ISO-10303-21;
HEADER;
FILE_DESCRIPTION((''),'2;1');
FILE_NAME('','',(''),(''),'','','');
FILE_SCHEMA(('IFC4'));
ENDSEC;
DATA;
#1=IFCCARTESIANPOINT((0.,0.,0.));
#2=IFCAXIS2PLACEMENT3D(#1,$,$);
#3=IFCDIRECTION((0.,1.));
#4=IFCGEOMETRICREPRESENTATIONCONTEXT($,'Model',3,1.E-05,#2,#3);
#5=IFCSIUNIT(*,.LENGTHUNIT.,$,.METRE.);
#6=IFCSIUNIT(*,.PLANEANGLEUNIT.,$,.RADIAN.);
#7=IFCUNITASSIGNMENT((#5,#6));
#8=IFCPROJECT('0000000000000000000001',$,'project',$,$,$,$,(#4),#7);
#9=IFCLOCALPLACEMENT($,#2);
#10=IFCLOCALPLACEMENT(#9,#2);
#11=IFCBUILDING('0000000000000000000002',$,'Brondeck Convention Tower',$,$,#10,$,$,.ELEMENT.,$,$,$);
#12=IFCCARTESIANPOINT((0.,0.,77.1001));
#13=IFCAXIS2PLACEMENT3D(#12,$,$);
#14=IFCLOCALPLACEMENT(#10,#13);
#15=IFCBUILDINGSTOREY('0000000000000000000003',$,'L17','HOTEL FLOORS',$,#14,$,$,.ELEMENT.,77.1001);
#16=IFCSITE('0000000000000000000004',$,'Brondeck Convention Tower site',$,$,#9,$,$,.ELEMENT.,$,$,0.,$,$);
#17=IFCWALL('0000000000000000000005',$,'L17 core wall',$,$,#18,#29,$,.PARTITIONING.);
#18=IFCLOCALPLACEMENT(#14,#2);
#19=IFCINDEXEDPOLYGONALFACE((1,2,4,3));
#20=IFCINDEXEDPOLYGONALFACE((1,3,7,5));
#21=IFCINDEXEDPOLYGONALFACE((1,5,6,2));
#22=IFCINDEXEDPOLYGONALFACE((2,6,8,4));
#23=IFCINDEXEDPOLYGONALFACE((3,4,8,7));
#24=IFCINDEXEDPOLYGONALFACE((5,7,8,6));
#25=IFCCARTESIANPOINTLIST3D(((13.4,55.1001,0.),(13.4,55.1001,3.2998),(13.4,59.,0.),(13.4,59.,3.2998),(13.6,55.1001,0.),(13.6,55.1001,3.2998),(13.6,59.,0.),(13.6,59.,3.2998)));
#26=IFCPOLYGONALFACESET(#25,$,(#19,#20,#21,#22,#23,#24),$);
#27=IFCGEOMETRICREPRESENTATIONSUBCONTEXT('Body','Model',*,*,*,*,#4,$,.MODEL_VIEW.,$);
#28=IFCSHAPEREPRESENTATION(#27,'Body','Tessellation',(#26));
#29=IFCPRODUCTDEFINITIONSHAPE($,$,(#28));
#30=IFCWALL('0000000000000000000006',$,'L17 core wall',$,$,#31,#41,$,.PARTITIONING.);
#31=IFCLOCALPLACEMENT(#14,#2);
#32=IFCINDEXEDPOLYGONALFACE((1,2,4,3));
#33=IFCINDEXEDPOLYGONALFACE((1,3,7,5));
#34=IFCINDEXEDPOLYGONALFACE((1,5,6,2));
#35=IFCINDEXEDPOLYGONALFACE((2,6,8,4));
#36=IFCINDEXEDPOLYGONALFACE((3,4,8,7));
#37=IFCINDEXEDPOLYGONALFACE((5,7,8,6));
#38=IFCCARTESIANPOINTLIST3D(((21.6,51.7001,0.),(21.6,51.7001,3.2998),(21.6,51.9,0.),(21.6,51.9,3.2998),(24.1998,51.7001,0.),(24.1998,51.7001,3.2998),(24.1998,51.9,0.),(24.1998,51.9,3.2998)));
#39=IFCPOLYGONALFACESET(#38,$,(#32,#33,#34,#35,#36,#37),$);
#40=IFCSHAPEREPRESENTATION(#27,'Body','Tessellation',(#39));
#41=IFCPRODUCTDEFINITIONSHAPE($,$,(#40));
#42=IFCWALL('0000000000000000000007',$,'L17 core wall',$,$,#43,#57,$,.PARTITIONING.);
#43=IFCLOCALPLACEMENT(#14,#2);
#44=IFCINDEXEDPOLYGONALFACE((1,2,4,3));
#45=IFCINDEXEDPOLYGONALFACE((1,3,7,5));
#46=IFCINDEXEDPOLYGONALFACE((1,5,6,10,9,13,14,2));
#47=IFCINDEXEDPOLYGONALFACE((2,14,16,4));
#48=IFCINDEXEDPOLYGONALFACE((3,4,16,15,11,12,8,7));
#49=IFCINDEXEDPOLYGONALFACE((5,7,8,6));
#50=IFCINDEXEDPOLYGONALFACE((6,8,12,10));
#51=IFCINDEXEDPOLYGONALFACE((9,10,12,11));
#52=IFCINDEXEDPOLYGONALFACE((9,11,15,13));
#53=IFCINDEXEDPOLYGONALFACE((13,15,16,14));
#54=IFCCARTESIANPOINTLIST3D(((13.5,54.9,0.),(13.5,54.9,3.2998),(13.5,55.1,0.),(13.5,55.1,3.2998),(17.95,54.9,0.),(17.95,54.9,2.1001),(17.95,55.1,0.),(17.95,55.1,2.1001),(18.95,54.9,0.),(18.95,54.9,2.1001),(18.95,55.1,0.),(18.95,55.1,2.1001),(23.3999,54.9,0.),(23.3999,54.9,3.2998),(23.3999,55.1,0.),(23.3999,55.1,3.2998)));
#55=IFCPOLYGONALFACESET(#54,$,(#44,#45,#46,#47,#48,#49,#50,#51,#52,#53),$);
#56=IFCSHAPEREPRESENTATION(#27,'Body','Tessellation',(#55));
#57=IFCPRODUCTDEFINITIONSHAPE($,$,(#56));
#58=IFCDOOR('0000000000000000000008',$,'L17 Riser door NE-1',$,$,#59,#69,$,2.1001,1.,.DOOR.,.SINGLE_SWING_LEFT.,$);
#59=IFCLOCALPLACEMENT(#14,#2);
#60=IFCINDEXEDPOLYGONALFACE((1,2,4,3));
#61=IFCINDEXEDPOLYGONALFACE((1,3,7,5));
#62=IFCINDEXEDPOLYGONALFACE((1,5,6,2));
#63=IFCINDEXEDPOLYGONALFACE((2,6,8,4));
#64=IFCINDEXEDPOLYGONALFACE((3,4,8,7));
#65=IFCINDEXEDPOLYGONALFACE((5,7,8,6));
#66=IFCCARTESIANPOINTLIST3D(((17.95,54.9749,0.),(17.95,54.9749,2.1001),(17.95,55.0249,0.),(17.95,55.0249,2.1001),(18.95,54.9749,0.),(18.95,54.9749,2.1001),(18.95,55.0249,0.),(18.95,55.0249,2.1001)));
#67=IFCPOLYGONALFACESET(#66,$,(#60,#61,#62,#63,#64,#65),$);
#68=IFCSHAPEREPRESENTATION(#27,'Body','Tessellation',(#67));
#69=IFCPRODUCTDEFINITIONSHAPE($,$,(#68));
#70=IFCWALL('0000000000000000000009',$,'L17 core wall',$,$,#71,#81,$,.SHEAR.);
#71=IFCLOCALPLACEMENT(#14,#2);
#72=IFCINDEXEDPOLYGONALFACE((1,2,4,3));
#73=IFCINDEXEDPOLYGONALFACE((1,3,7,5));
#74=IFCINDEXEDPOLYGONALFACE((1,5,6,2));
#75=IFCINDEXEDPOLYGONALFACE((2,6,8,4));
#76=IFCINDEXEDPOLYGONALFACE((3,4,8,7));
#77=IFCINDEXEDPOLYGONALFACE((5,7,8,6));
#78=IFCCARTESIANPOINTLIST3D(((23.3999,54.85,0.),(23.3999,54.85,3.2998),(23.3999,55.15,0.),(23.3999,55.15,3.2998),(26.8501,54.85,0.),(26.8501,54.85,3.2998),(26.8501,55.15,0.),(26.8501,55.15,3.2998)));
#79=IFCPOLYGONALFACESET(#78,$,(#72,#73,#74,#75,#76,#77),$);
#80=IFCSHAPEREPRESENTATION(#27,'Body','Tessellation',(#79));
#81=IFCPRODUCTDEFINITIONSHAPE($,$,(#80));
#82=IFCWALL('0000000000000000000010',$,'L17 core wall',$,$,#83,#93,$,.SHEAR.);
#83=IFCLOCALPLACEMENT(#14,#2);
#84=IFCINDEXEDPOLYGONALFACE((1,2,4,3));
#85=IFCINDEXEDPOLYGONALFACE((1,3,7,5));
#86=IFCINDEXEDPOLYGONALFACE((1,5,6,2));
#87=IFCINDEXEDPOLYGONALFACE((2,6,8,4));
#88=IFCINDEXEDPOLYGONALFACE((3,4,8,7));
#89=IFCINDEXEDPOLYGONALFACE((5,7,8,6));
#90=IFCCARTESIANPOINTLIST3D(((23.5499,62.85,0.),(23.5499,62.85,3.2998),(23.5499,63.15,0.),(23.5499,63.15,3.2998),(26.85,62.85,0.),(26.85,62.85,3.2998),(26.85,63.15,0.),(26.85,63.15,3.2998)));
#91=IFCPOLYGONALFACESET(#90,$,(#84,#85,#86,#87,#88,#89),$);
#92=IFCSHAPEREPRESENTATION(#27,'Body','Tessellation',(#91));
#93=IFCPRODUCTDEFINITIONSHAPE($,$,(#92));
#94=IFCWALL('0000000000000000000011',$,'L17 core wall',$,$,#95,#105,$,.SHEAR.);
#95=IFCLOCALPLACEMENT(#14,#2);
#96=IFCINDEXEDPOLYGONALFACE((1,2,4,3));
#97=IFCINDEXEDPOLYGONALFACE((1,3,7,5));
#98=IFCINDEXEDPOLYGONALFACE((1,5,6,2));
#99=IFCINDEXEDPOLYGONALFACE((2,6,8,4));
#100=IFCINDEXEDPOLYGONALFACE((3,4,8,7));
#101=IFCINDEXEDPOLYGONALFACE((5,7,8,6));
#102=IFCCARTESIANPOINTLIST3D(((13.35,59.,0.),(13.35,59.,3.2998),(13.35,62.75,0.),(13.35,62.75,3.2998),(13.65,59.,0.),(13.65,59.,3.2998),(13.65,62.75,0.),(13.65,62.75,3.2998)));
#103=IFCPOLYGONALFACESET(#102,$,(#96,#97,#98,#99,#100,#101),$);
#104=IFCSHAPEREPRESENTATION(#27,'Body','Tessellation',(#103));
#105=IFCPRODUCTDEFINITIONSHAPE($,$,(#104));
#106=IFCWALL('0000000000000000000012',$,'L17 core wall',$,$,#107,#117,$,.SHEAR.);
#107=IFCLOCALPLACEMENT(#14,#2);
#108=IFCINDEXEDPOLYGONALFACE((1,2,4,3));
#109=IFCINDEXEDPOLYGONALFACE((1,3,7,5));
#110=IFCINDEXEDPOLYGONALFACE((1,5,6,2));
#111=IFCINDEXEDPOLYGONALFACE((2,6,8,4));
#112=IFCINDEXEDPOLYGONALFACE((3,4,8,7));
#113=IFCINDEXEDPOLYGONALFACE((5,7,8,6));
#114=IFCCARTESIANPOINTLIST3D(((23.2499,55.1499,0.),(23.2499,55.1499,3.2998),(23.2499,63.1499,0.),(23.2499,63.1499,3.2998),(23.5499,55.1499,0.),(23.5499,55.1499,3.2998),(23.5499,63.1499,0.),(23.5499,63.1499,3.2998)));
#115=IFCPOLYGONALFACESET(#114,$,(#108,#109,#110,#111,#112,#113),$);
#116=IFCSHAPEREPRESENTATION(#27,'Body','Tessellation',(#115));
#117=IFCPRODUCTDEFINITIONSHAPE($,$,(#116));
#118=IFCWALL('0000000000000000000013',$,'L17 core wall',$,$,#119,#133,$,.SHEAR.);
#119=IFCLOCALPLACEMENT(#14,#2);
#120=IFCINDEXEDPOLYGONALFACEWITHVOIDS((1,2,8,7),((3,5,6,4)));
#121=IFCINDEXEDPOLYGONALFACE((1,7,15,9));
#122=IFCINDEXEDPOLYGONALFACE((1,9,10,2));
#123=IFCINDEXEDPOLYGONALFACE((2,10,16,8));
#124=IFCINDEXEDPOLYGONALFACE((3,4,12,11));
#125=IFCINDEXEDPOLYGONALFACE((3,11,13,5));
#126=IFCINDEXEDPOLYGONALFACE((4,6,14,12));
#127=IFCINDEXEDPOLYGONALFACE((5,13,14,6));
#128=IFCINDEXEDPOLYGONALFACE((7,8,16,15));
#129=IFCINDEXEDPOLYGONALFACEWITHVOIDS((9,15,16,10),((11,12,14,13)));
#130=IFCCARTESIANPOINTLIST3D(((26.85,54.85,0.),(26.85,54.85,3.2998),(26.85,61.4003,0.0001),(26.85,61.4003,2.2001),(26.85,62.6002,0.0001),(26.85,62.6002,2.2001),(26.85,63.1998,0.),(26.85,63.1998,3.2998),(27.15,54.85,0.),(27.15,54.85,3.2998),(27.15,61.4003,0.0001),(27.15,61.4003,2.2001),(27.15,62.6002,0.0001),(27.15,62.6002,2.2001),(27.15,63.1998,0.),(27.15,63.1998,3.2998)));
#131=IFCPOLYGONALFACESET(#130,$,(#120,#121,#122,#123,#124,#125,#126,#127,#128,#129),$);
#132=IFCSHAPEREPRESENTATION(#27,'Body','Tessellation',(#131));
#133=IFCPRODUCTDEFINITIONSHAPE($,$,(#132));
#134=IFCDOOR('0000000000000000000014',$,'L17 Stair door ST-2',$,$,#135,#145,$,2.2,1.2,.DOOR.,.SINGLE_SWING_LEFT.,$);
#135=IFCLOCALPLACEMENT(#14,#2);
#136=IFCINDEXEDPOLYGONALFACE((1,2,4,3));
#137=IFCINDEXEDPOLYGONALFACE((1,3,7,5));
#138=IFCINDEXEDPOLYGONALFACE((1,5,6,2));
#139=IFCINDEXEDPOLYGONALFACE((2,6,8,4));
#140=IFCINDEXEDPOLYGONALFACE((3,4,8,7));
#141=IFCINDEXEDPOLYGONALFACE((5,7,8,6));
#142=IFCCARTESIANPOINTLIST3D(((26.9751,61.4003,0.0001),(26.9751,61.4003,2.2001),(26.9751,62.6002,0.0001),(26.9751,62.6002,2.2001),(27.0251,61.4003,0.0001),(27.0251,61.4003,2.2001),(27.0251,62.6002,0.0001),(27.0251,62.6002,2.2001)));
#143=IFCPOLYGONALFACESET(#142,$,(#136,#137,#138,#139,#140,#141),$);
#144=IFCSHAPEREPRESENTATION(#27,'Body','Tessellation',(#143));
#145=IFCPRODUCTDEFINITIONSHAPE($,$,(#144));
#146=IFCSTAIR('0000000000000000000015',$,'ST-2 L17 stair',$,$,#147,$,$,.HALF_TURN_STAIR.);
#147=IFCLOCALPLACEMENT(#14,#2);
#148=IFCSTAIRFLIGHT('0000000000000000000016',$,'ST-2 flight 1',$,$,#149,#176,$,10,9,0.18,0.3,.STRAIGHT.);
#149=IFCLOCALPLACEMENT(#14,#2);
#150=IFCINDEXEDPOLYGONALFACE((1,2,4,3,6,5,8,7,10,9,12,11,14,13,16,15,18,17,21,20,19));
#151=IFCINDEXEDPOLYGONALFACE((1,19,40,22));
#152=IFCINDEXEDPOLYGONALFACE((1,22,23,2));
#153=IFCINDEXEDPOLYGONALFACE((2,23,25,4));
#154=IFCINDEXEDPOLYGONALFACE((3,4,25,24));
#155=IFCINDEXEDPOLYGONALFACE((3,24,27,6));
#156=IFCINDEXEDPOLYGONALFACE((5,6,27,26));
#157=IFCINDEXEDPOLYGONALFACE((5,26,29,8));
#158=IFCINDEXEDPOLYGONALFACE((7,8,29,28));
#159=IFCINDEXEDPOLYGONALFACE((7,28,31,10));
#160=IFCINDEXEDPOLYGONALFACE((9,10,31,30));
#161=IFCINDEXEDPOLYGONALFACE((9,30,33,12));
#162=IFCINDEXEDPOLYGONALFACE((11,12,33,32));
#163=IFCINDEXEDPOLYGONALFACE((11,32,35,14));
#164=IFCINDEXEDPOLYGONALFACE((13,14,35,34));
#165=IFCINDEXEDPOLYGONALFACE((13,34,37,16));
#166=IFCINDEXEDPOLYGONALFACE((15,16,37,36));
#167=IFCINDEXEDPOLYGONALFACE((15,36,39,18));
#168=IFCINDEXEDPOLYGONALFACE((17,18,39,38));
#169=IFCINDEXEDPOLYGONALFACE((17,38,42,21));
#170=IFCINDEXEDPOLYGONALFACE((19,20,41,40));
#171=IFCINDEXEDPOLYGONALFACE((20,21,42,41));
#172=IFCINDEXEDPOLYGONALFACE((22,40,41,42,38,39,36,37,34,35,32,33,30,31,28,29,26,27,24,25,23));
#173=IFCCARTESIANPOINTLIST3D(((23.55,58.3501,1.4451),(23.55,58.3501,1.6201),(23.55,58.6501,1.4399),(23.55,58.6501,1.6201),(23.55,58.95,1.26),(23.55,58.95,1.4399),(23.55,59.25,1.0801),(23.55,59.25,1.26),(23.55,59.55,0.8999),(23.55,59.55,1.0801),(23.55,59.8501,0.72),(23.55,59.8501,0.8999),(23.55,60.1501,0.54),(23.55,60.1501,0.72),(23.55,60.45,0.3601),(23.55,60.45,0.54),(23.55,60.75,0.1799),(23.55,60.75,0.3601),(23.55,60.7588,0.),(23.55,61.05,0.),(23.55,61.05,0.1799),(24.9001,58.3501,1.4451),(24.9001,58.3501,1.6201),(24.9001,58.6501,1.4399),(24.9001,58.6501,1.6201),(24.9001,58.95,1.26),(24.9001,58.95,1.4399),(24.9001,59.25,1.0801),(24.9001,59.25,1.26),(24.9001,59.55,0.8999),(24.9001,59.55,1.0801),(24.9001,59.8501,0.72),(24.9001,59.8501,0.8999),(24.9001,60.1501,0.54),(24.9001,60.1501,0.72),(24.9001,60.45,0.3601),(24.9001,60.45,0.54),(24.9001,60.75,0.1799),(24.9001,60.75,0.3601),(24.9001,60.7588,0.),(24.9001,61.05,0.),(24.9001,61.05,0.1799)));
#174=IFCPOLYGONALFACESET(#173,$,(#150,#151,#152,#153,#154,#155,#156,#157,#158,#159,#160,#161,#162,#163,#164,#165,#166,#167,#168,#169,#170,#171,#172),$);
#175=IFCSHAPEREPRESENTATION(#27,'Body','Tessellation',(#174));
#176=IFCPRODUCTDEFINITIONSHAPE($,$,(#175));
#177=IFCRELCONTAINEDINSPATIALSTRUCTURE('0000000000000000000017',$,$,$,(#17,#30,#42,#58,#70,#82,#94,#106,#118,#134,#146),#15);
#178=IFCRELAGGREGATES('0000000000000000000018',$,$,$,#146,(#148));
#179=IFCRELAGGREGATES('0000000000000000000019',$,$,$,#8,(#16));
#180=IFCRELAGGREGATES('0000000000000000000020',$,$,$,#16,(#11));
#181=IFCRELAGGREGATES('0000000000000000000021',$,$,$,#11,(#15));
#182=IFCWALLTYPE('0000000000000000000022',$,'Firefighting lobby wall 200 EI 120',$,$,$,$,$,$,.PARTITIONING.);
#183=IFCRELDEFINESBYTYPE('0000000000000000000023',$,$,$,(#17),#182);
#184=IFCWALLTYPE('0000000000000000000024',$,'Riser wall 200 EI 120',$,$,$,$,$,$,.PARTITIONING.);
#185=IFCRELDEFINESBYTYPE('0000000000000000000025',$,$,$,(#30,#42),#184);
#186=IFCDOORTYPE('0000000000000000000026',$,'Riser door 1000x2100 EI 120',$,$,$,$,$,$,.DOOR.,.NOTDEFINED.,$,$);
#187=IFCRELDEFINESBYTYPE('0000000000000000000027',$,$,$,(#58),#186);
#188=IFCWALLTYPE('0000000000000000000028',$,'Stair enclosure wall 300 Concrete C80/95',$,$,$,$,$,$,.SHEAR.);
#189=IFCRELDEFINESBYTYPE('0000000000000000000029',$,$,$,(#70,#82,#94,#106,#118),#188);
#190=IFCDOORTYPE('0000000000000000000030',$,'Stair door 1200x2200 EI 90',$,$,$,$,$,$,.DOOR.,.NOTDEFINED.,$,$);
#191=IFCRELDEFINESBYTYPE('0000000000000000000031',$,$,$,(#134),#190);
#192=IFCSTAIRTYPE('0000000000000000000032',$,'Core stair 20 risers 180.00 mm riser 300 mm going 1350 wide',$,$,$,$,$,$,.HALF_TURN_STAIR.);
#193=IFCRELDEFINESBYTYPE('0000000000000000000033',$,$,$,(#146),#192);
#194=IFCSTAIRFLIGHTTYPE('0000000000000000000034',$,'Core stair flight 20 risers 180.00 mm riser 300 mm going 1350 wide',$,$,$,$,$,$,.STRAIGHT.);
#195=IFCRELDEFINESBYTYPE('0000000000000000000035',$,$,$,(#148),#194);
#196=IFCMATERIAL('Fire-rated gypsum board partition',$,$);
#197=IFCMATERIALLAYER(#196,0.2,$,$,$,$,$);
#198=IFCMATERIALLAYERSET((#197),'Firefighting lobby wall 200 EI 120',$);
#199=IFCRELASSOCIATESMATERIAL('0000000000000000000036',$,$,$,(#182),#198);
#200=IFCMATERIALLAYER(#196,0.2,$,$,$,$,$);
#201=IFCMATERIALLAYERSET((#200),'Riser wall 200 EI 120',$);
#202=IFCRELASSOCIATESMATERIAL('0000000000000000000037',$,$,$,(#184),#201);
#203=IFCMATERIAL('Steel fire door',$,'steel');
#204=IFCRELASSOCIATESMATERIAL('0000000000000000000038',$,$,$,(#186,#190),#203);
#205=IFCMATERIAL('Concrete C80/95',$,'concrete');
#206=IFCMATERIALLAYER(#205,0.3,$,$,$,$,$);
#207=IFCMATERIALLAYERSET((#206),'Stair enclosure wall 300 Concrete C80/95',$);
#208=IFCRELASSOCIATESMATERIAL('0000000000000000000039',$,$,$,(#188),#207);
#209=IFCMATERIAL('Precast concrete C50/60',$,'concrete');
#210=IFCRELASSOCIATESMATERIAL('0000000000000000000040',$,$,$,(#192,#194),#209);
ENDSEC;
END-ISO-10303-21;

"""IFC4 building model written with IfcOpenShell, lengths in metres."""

from ifc_helpers import new_model, si_unit, direction, frame, frame_2d, origin, place, context, subcontext, project, spatial, polyline, rectangle, outline, extrude, material, layer, layer_set, type_object, element, fill, aggregate, save


model = new_model("IFC4")

# Units and contexts
model_context = context("Model", 3, precision=1e-05, world=origin(), true_north=direction((0.0, 1.0)))
body_context = subcontext(model_context, "Body", "Model", "MODEL_VIEW")
ifc_project = project(units=[si_unit("LENGTHUNIT", "METRE"), si_unit("PLANEANGLEUNIT", "RADIAN")], contexts=[model_context])

# Site, building, storey
site_placement = place(None, origin())
site = spatial("IfcSite", under=ifc_project, at=site_placement, Name="Brondeck Convention Tower site", CompositionType="ELEMENT", RefElevation=0.0)
building_placement = place(site_placement, origin())
building = spatial("IfcBuilding", under=site, at=building_placement, Name="Brondeck Convention Tower", CompositionType="ELEMENT")
storey_placement = place(building_placement, frame((0.0, 0.0, 77.1001)))
storey = spatial("IfcBuildingStorey", under=building, at=storey_placement, Name="L17", Description="HOTEL FLOORS", CompositionType="ELEMENT", Elevation=77.1001)

# Shared definitions
ifc_material_1 = material(Name="Concrete C80/95", Category="concrete")

# Shared definitions
ifc_material_2 = material(Name="Fire-rated gypsum board partition")

# Walls
ifc_layer_1 = layer(ifc_material_2, 0.2)
ifc_layer_set_1 = layer_set([ifc_layer_1], Name="Firefighting lobby wall 200 EI 120")
wall_type_1 = type_object("IfcWallType", Name="Firefighting lobby wall 200 EI 120", PredefinedType="PARTITIONING", material=ifc_layer_set_1)
wall_1_placement = place(storey_placement, frame((13.5, 55.1001, 0.0), z_axis=(0.0, 0.0, 1.0), x_axis=(0.0, 1.0, 0.0)))
element("IfcWall", 1, at=wall_1_placement, inside=storey, type_object=wall_type_1, Name="L17 core wall", PredefinedType="PARTITIONING", context=body_context, shape_type="SweptSolid", body=[
    extrude(rectangle(XDim=3.8999, YDim=0.2, at=frame_2d((1.95, 0.0))), origin(), (0.0, 0.0, 1.0), 3.2998),
])
ifc_layer_2 = layer(ifc_material_2, 0.2)
ifc_layer_set_2 = layer_set([ifc_layer_2], Name="Riser wall 200 EI 120")
wall_type_2 = type_object("IfcWallType", Name="Riser wall 200 EI 120", PredefinedType="PARTITIONING", material=ifc_layer_set_2)
wall_2_placement = place(storey_placement, frame((21.6001, 51.8, 0.0), z_axis=(0.0, 0.0, 1.0), x_axis=(1.0, 0.0, 0.0)))
element("IfcWall", 2, at=wall_2_placement, inside=storey, type_object=wall_type_2, Name="L17 core wall", PredefinedType="PARTITIONING", context=body_context, shape_type="SweptSolid", body=[
    extrude(rectangle(XDim=2.5999, YDim=0.2, at=frame_2d((1.2998, 0.0))), origin(), (0.0, 0.0, 1.0), 3.2998),
])

# Wall, opening, door
wall_3_placement = place(storey_placement, frame((13.5, 55.0, 0.0), z_axis=(0.0, 0.0, 1.0), x_axis=(1.0, 0.0, 0.0)))
wall_3 = element("IfcWall", 3, at=wall_3_placement, inside=storey, type_object=wall_type_2, Name="L17 core wall", PredefinedType="PARTITIONING", context=body_context, shape_type="SweptSolid", body=[
    extrude(rectangle(XDim=9.8999, YDim=0.2, at=frame_2d((4.95, 0.0))), origin(), (0.0, 0.0, 1.0), 3.2998),
])
opening_1_placement = place(wall_3_placement, frame((4.45, 0.0, 0.0)))
opening_1 = element("IfcOpeningElement", 4, at=opening_1_placement, cuts=wall_3, PredefinedType="OPENING", context=body_context, shape_type="SweptSolid", body=[
    extrude(rectangle(XDim=1.0, YDim=2.1001, at=frame_2d((0.5, 1.05))), frame((0.0, 0.1099, 0.0), z_axis=(0.0, -1.0, 0.0), x_axis=(1.0, 0.0, 0.0)), (0.0, 0.0, 1.0), 0.22),
])
ifc_material_3 = material(Name="Steel fire door", Category="steel")
door_type_1 = type_object("IfcDoorType", Name="Riser door 1000x2100 EI 120", OperationType="NOTDEFINED", PredefinedType="DOOR", material=ifc_material_3)
door_1_placement = place(opening_1_placement, origin())
door_1 = element("IfcDoor", 5, at=door_1_placement, inside=storey, type_object=door_type_1, Name="L17 Riser door NE-1", OperationType="SINGLE_SWING_LEFT", OverallHeight=2.1001, OverallWidth=1.0, PredefinedType="DOOR", context=body_context, shape_type="SweptSolid", body=[
    extrude(rectangle(XDim=1.0, YDim=2.1001, at=frame_2d((0.5, 1.05))), frame((0.0, 0.0249, 0.0), z_axis=(0.0, -1.0, 0.0), x_axis=(1.0, 0.0, 0.0)), (0.0, 0.0, 1.0), 0.05),
])
fill(opening_1, door_1)

# Walls
ifc_layer_3 = layer(ifc_material_1, 0.3)
ifc_layer_set_3 = layer_set([ifc_layer_3], Name="Stair enclosure wall 300 Concrete C80/95")
wall_type_3 = type_object("IfcWallType", Name="Stair enclosure wall 300 Concrete C80/95", PredefinedType="SHEAR", material=ifc_layer_set_3)
wall_4_placement = place(storey_placement, frame((23.3999, 55.0, 0.0), z_axis=(0.0, 0.0, 1.0), x_axis=(1.0, 0.0, 0.0)))
element("IfcWall", 6, at=wall_4_placement, inside=storey, type_object=wall_type_3, Name="L17 core wall", PredefinedType="SHEAR", context=body_context, shape_type="SweptSolid", body=[
    extrude(rectangle(XDim=3.4502, YDim=0.3, at=frame_2d((1.7251, 0.0))), origin(), (0.0, 0.0, 1.0), 3.2998),
])
wall_5_placement = place(storey_placement, frame((23.55, 63.0, 0.0), z_axis=(0.0, 0.0, 1.0), x_axis=(1.0, 0.0, 0.0)))
element("IfcWall", 7, at=wall_5_placement, inside=storey, type_object=wall_type_3, Name="L17 core wall", PredefinedType="SHEAR", context=body_context, shape_type="SweptSolid", body=[
    extrude(rectangle(XDim=3.3, YDim=0.3, at=frame_2d((1.6499, 0.0))), origin(), (0.0, 0.0, 1.0), 3.2998),
])
wall_6_placement = place(storey_placement, frame((13.5, 59.0, 0.0), z_axis=(0.0, 0.0, 1.0), x_axis=(0.0, 1.0, 0.0)))
element("IfcWall", 8, at=wall_6_placement, inside=storey, type_object=wall_type_3, Name="L17 core wall", PredefinedType="SHEAR", context=body_context, shape_type="SweptSolid", body=[
    extrude(rectangle(XDim=3.75, YDim=0.3, at=frame_2d((1.875, 0.0))), origin(), (0.0, 0.0, 1.0), 3.2998),
])
wall_7_placement = place(storey_placement, frame((23.3999, 55.1499, 0.0), z_axis=(0.0, 0.0, 1.0), x_axis=(0.0, 1.0, 0.0)))
element("IfcWall", 9, at=wall_7_placement, inside=storey, type_object=wall_type_3, Name="L17 core wall", PredefinedType="SHEAR", context=body_context, shape_type="SweptSolid", body=[
    extrude(rectangle(XDim=8.0, YDim=0.3, at=frame_2d((4.0, 0.0))), origin(), (0.0, 0.0, 1.0), 3.2998),
])

# Wall, opening, door
wall_8_placement = place(storey_placement, frame((27.0, 54.8501, 0.0), z_axis=(0.0, 0.0, 1.0), x_axis=(0.0, 1.0, 0.0)))
wall_8 = element("IfcWall", 10, at=wall_8_placement, inside=storey, type_object=wall_type_3, Name="L17 core wall", PredefinedType="SHEAR", context=body_context, shape_type="SweptSolid", body=[
    extrude(rectangle(XDim=8.3499, YDim=0.3, at=frame_2d((4.1748, 0.0))), origin(), (0.0, 0.0, 1.0), 3.2998),
])
opening_2_placement = place(wall_8_placement, frame((6.55, 0.0, 0.0)))
opening_2 = element("IfcOpeningElement", 11, at=opening_2_placement, cuts=wall_8, PredefinedType="OPENING", context=body_context, shape_type="SweptSolid", body=[
    extrude(rectangle(XDim=1.2, YDim=2.2, at=frame_2d((0.6001, 1.1001))), frame((0.0, 0.1599, 0.0), z_axis=(0.0, -1.0, 0.0), x_axis=(1.0, 0.0, 0.0)), (0.0, 0.0, 1.0), 0.3201),
])
door_type_2 = type_object("IfcDoorType", Name="Stair door 1200x2200 EI 90", OperationType="NOTDEFINED", PredefinedType="DOOR", material=ifc_material_3)
door_2_placement = place(opening_2_placement, origin())
door_2 = element("IfcDoor", 12, at=door_2_placement, inside=storey, type_object=door_type_2, Name="L17 Stair door ST-2", OperationType="SINGLE_SWING_LEFT", OverallHeight=2.2, OverallWidth=1.2, PredefinedType="DOOR", context=body_context, shape_type="SweptSolid", body=[
    extrude(rectangle(XDim=1.2, YDim=2.2, at=frame_2d((0.6001, 1.1001))), frame((0.0, 0.0249, 0.0), z_axis=(0.0, -1.0, 0.0), x_axis=(1.0, 0.0, 0.0)), (0.0, 0.0, 1.0), 0.05),
])
fill(opening_2, door_2)

# Stair, stair flight
ifc_material_4 = material(Name="Precast concrete C50/60", Category="concrete")
stair_type = type_object("IfcStairType", Name="Core stair 20 risers 180.00 mm riser 300 mm going 1350 wide", PredefinedType="HALF_TURN_STAIR", material=ifc_material_4)
stair_1_placement = place(storey_placement, origin())
stair_1 = element("IfcStair", 13, at=stair_1_placement, inside=storey, type_object=stair_type, Name="ST-2 L17 stair", PredefinedType="HALF_TURN_STAIR")
stair_flight_type = type_object("IfcStairFlightType", Name="Core stair flight 20 risers 180.00 mm riser 300 mm going 1350 wide", PredefinedType="STRAIGHT", material=ifc_material_4)
stair_flight_1_placement = place(storey_placement, frame((24.2251, 61.05, 0.0), z_axis=(0.0, 0.0, 1.0), x_axis=(0.0, -1.0, 0.0)))
stair_flight_1 = element("IfcStairFlight", 14, at=stair_flight_1_placement, type_object=stair_flight_type, Name="ST-2 flight 1", NumberOfRisers=10, NumberOfTreads=9, PredefinedType="STRAIGHT", RiserHeight=0.18, TreadLength=0.3, context=body_context, shape_type="SweptSolid", body=[
    extrude(outline(polyline([(0.0, 0.0), (0.0, 0.1799), (0.3, 0.1799), (0.3, 0.3601), (0.6001, 0.3601), (0.6001, 0.54), (0.8999, 0.54), (0.8999, 0.72), (1.2, 0.72), (1.2, 0.8999), (1.5, 0.8999), (1.5, 1.0801), (1.8, 1.0801), (1.8, 1.26), (2.1001, 1.26), (2.1001, 1.4399), (2.3999, 1.4399), (2.3999, 1.6201), (2.7, 1.6201), (2.7, 1.8), (2.7, 1.4451), (0.2913, 0.0), (0.0, 0.0)])), frame((0.0, 0.675, 0.0), z_axis=(0.0, -1.0, 0.0), x_axis=(1.0, 0.0, 0.0)), (0.0, 0.0, 1.0), 1.3501),
])
aggregate(stair_1, [stair_flight_1])

save(model, "model.ifc")
